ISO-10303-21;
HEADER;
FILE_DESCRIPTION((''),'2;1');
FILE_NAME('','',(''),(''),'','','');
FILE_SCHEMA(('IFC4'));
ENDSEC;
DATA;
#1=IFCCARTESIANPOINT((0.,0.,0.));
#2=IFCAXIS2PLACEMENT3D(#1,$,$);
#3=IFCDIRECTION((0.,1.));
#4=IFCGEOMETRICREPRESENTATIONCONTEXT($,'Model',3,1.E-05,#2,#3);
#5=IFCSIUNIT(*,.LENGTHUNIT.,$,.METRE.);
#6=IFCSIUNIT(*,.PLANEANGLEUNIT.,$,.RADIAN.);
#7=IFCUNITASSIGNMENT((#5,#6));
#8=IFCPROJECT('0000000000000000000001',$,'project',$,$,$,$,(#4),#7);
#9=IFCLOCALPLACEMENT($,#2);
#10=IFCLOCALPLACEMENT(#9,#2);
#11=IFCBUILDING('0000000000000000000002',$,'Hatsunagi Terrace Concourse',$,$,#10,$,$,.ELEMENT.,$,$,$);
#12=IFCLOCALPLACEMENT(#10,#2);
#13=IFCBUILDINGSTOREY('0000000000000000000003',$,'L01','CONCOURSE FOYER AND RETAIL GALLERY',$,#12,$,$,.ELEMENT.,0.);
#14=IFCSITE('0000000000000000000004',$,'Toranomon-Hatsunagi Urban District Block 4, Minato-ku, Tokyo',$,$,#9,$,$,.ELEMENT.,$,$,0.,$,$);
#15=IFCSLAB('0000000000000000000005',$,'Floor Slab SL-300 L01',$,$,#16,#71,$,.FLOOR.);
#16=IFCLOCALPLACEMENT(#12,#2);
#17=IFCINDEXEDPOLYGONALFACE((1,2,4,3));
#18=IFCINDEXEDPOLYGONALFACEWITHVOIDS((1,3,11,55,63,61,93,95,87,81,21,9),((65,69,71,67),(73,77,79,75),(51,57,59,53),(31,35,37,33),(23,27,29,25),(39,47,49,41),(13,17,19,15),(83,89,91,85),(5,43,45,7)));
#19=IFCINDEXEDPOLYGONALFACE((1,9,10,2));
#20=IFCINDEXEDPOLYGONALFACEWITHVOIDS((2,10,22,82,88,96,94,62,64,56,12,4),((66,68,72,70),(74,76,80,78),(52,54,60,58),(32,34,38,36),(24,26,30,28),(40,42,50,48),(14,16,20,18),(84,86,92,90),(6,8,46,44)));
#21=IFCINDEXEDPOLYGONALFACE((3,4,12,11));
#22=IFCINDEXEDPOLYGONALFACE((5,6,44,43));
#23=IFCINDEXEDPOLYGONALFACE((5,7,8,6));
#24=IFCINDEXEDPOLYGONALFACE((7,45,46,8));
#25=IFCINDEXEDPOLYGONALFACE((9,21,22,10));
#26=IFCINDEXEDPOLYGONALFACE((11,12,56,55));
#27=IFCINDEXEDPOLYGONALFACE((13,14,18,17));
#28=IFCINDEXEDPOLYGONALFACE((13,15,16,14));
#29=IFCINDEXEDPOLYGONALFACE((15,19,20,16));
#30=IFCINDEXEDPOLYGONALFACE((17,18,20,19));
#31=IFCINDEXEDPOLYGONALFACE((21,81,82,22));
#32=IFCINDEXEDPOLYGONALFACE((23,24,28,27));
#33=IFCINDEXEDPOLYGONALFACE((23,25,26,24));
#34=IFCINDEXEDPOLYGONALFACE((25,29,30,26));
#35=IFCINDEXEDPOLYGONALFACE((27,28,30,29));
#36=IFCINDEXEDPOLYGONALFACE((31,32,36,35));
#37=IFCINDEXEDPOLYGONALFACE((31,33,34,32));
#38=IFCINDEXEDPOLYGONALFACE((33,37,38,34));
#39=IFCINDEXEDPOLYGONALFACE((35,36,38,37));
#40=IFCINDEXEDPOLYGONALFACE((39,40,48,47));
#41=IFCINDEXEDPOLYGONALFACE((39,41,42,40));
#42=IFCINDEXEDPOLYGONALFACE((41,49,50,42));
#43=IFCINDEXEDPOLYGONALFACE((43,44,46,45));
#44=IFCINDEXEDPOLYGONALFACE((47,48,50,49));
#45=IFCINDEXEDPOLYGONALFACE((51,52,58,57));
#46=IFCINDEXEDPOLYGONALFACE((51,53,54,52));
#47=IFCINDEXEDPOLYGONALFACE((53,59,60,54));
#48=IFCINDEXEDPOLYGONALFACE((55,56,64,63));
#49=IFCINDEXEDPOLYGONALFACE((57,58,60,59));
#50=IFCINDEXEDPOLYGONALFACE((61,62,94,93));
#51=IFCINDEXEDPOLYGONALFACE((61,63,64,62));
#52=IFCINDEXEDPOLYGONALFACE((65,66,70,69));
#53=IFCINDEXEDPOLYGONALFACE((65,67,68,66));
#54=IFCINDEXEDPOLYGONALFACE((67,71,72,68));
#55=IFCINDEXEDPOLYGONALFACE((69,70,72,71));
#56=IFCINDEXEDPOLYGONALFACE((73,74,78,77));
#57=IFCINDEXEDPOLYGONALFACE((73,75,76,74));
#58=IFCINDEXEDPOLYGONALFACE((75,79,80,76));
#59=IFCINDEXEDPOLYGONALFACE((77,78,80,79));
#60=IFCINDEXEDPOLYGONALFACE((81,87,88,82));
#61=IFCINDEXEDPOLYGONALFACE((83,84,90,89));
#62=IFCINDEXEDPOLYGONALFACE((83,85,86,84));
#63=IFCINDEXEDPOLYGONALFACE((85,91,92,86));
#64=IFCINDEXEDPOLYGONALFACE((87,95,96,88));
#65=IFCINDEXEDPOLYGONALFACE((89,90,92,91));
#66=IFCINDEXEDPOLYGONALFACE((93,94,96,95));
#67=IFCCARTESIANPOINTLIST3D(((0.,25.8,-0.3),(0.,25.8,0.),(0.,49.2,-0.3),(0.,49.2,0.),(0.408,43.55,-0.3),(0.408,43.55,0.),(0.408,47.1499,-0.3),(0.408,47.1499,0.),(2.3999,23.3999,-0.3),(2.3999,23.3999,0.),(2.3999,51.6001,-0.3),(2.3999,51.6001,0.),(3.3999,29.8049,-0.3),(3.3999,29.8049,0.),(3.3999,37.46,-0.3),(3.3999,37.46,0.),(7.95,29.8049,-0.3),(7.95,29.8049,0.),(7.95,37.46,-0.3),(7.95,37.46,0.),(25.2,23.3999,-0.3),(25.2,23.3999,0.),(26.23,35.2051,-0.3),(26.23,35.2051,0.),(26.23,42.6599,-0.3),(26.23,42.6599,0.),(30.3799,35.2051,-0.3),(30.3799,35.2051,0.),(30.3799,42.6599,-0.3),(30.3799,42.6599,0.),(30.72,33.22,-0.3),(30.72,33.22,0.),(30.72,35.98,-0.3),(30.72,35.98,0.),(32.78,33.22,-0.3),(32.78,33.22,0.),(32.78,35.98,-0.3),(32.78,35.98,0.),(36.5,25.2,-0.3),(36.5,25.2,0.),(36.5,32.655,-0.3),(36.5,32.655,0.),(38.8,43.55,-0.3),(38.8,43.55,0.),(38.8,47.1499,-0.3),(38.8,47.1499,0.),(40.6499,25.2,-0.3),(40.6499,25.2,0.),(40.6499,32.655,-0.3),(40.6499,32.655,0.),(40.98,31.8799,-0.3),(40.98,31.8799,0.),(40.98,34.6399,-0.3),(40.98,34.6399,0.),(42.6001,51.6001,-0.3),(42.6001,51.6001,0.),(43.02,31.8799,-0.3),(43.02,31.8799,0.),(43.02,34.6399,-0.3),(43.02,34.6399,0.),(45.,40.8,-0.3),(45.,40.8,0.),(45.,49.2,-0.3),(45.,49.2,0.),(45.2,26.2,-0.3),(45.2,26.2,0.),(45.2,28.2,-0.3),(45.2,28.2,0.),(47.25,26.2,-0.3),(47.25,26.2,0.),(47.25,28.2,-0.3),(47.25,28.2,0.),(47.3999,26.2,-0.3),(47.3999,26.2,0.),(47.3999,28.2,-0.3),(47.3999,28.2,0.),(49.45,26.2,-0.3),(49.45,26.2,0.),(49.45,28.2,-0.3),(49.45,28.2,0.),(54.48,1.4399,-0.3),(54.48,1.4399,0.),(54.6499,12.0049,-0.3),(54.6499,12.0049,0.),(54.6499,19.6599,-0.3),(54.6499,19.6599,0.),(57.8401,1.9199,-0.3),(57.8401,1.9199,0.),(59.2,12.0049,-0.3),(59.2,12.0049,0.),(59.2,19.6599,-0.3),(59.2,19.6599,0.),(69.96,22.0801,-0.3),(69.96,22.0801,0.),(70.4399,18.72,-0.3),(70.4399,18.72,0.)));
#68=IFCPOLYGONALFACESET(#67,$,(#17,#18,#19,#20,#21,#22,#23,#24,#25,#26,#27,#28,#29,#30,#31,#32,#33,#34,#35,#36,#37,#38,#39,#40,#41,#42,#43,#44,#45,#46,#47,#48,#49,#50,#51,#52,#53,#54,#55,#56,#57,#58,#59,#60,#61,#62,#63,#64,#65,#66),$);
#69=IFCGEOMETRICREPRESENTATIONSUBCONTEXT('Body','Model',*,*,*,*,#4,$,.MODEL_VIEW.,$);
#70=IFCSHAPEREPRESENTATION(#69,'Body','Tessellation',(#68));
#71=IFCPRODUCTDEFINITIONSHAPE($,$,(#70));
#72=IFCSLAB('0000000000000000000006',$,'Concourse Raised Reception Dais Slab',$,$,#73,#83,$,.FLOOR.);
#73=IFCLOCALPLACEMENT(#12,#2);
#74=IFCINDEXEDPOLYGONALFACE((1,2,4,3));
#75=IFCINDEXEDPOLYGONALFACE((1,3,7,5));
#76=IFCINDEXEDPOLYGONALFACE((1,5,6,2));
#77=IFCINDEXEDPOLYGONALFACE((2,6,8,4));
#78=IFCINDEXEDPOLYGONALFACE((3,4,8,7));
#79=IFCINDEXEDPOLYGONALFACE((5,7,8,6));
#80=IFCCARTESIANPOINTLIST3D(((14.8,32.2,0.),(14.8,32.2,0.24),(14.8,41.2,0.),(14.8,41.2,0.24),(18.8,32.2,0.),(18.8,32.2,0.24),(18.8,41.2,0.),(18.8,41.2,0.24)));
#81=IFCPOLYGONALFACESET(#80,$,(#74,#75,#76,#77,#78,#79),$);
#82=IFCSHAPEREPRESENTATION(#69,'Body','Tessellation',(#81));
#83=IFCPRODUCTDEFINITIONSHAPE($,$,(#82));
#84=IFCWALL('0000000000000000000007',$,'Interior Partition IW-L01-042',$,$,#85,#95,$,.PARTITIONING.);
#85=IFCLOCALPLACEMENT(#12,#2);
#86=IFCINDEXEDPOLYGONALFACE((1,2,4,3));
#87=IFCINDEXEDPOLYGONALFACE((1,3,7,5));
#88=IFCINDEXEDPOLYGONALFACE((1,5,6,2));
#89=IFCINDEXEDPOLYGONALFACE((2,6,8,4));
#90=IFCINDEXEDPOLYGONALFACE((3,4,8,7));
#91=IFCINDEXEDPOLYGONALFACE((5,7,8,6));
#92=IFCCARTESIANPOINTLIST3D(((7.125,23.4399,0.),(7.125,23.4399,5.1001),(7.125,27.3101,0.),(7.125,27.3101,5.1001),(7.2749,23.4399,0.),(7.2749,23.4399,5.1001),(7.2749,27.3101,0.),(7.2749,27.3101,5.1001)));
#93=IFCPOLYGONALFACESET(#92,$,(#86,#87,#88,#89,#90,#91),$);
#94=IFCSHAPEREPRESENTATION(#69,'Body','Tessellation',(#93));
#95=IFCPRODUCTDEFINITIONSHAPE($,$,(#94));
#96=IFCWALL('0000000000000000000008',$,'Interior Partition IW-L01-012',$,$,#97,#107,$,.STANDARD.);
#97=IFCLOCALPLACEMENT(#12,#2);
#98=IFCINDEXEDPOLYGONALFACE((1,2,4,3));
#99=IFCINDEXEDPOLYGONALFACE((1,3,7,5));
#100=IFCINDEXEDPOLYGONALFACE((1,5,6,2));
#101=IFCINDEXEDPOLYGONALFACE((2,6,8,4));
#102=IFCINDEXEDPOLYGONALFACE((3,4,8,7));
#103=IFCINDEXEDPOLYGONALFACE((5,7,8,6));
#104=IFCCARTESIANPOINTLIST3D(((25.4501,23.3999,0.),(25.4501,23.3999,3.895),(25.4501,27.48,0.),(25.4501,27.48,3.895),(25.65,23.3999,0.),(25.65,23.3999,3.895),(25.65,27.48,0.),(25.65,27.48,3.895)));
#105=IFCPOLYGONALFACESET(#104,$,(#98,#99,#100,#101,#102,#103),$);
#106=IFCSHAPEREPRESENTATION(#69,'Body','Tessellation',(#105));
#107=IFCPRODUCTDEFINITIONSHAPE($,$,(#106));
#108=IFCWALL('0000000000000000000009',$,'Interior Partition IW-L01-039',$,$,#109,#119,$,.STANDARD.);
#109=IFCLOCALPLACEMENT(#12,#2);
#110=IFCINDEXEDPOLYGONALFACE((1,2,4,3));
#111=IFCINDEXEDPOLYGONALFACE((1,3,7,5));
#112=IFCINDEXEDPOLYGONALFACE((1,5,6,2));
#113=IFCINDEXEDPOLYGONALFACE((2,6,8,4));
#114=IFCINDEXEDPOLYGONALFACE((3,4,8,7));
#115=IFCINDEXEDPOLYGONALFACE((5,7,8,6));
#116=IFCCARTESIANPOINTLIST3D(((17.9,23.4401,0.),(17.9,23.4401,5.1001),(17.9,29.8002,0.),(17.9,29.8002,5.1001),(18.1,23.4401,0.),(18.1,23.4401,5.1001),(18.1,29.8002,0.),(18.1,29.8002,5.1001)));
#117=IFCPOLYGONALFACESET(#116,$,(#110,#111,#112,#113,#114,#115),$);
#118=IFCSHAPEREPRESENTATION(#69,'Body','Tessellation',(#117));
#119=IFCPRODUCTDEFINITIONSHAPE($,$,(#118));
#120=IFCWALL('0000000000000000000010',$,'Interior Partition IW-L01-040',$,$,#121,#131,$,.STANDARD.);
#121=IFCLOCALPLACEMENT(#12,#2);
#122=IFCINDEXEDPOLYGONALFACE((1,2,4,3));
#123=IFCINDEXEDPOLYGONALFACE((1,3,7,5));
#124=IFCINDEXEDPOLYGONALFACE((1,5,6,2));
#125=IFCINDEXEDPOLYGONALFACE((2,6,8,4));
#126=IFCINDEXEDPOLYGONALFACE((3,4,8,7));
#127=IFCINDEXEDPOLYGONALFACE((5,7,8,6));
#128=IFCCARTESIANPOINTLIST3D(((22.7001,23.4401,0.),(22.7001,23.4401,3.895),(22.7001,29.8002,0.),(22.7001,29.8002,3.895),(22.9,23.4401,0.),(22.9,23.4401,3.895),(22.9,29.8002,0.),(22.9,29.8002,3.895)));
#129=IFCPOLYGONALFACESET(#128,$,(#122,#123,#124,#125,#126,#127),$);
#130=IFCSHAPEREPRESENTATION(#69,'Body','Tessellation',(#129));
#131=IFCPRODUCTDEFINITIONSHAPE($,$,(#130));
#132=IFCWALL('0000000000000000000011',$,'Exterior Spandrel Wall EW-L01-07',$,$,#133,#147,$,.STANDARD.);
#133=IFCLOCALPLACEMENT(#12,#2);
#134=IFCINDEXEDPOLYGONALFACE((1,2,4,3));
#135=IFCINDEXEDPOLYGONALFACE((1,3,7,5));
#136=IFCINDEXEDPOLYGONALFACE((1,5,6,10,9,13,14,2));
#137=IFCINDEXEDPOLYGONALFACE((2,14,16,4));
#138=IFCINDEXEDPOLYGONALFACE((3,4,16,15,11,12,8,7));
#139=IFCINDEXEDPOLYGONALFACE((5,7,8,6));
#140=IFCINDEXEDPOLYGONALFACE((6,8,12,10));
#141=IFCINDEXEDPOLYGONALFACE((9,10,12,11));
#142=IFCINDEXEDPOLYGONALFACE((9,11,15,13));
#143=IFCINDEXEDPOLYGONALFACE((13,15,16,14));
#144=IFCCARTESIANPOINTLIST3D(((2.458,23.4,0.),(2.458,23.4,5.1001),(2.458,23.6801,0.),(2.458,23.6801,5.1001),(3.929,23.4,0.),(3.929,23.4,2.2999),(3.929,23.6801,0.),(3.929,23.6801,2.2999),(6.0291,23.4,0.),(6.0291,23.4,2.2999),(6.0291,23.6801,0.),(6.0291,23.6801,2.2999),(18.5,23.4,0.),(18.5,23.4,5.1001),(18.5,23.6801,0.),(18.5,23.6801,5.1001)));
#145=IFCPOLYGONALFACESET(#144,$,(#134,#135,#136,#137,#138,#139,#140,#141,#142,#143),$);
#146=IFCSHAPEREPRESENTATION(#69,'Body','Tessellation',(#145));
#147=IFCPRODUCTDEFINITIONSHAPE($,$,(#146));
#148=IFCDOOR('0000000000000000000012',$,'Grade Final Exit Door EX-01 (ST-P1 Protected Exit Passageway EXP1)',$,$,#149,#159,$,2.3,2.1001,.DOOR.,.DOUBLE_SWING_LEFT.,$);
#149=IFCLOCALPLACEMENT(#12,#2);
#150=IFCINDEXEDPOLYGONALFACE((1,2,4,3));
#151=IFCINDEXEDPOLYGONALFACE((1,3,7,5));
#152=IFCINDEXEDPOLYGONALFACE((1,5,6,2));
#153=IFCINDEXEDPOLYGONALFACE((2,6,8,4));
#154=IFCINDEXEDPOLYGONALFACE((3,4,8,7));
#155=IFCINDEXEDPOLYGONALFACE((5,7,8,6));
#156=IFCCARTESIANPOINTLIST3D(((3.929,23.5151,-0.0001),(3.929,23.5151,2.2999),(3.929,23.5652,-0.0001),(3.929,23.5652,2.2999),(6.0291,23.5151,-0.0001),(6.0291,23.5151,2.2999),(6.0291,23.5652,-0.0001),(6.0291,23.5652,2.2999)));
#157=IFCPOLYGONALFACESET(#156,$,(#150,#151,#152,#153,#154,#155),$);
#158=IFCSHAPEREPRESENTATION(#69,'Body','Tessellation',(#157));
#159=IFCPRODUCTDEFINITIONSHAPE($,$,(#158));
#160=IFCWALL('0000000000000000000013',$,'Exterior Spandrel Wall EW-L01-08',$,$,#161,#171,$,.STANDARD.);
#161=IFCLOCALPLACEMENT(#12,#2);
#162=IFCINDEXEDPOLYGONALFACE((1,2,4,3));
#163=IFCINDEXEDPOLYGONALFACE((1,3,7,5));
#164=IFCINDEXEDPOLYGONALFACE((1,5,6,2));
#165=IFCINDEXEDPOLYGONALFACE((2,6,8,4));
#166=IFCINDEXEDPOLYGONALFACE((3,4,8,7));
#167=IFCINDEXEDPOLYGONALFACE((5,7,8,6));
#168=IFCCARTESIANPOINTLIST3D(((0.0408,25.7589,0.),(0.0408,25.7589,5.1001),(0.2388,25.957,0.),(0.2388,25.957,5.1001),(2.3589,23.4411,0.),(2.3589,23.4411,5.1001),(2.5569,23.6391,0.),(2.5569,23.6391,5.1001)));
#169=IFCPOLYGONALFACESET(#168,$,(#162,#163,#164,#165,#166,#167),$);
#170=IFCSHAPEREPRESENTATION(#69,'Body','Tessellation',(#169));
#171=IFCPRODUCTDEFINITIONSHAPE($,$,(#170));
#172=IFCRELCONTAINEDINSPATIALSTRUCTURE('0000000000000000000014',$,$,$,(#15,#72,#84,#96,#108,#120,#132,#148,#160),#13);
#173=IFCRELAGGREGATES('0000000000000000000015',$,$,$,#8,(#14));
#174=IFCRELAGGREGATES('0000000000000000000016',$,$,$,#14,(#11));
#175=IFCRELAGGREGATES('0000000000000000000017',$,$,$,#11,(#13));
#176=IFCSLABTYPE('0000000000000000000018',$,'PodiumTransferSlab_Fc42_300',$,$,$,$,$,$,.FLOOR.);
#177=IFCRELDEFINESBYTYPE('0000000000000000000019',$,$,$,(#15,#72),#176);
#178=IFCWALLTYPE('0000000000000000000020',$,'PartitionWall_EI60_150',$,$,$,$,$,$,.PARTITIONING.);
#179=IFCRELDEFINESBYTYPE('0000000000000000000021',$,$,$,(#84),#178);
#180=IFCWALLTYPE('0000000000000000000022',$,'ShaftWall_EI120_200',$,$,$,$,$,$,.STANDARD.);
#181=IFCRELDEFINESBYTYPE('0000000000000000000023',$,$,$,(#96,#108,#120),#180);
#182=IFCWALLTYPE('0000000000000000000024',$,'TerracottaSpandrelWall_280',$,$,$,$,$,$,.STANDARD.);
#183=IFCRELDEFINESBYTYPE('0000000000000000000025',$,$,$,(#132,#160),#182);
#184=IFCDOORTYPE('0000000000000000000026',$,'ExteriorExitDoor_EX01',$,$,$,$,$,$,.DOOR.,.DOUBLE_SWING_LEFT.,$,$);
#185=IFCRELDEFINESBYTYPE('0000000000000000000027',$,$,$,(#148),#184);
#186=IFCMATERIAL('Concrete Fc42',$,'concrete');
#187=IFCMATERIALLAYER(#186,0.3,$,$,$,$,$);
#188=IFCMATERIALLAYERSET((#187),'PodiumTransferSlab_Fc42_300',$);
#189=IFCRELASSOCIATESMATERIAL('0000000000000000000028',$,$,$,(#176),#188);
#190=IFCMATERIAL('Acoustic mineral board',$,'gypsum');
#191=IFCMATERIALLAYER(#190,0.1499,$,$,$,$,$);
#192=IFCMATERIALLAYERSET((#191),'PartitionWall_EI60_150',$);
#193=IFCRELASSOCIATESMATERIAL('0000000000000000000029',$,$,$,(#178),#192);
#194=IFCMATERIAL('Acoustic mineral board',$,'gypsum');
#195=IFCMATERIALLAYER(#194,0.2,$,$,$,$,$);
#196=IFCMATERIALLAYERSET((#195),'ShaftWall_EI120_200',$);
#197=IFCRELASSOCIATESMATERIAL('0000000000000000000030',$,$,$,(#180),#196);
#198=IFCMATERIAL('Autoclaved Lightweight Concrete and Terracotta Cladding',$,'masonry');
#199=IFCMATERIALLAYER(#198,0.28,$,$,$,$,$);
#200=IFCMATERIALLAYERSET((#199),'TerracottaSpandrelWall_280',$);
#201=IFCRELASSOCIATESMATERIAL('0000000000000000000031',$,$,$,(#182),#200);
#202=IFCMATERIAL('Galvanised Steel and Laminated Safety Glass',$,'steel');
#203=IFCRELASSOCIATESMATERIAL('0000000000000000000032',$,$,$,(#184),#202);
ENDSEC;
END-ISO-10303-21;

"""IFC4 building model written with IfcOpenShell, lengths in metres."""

from ifc_helpers import new_model, si_unit, direction, frame, frame_2d, origin, place, context, subcontext, project, spatial, polyline, rectangle, outline, extrude, material, layer, layer_set, type_object, element, fill, save


model = new_model("IFC4")

# Units and contexts
model_context = context("Model", 3, precision=1e-05, world=origin(), true_north=direction((0.0, 1.0)))
body_context = subcontext(model_context, "Body", "Model", "MODEL_VIEW")
ifc_project = project(units=[si_unit("LENGTHUNIT", "METRE"), si_unit("PLANEANGLEUNIT", "RADIAN")], contexts=[model_context])

# Site, building, storey
site_placement = place(None, origin())
site = spatial("IfcSite", under=ifc_project, at=site_placement, Name="Toranomon-Hatsunagi Urban District Block 4, Minato-ku, Tokyo", CompositionType="ELEMENT", RefElevation=0.0)
building_placement = place(site_placement, origin())
building = spatial("IfcBuilding", under=site, at=building_placement, Name="Hatsunagi Terrace Concourse", CompositionType="ELEMENT")
storey_placement = place(building_placement, origin())
storey = spatial("IfcBuildingStorey", under=building, at=storey_placement, Name="L01", Description="CONCOURSE FOYER AND RETAIL GALLERY", CompositionType="ELEMENT", Elevation=0.0)

# Slabs
ifc_material_1 = material(Name="Concrete Fc42", Category="concrete")
ifc_layer_1 = layer(ifc_material_1, 0.3)
ifc_layer_set_1 = layer_set([ifc_layer_1], Name="PodiumTransferSlab_Fc42_300")
slab_type_1 = type_object("IfcSlabType", Name="PodiumTransferSlab_Fc42_300", PredefinedType="FLOOR", material=ifc_layer_set_1)
slab_1_placement = place(storey_placement, frame((0.0, 0.0, -0.3)))
element("IfcSlab", 1, at=slab_1_placement, inside=storey, type_object=slab_type_1, Name="Floor Slab SL-300 L01", PredefinedType="FLOOR", context=body_context, shape_type="SweptSolid", body=[
    extrude(outline(polyline([(45.0, 40.8), (45.0, 49.2), (42.6001, 51.6001), (2.3999, 51.6001), (0.0, 49.2), (0.0, 25.8), (2.3999, 23.3999), (25.2, 23.3999), (54.48, 1.4399), (57.8401, 1.9199), (70.4399, 18.72), (69.96, 22.0801), (45.0, 40.8)]), holes=[polyline([(26.23, 35.2051), (30.3799, 35.2051), (30.3799, 42.6599), (26.23, 42.6599), (26.23, 35.2051)]), polyline([(36.5, 25.2), (40.6499, 25.2), (40.6499, 32.655), (36.5, 32.655), (36.5, 25.2)]), polyline([(3.3999, 29.8049), (7.95, 29.8049), (7.95, 37.46), (3.3999, 37.46), (3.3999, 29.8049)]), polyline([(54.6499, 12.0049), (59.2, 12.0049), (59.2, 19.6599), (54.6499, 19.6599), (54.6499, 12.0049)]), polyline([(30.72, 33.22), (32.78, 33.22), (32.78, 35.98), (30.72, 35.98), (30.72, 33.22)]), polyline([(40.98, 31.8799), (43.02, 31.8799), (43.02, 34.6399), (40.98, 34.6399), (40.98, 31.8799)]), polyline([(45.2, 26.2), (47.25, 26.2), (47.25, 28.2), (45.2, 28.2), (45.2, 26.2)]), polyline([(47.3999, 26.2), (49.45, 26.2), (49.45, 28.2), (47.3999, 28.2), (47.3999, 26.2)]), polyline([(0.408, 43.55), (38.8, 43.55), (38.8, 47.1499), (0.408, 47.1499), (0.408, 43.55)])]), origin(), (0.0, 0.0, 1.0), 0.3),
])
slab_2_placement = place(storey_placement, origin())
element("IfcSlab", 2, at=slab_2_placement, inside=storey, type_object=slab_type_1, Name="Concourse Raised Reception Dais Slab", PredefinedType="FLOOR", context=body_context, shape_type="SweptSolid", body=[
    extrude(outline(polyline([(14.8, 32.2), (18.8, 32.2), (18.8, 41.2), (14.8, 41.2), (14.8, 32.2)])), origin(), (0.0, 0.0, 1.0), 0.24),
])

# Walls
ifc_material_2 = material(Name="Acoustic mineral board", Category="gypsum")
ifc_layer_2 = layer(ifc_material_2, 0.1499)
ifc_layer_set_2 = layer_set([ifc_layer_2], Name="PartitionWall_EI60_150")
wall_type_1 = type_object("IfcWallType", Name="PartitionWall_EI60_150", PredefinedType="PARTITIONING", material=ifc_layer_set_2)
wall_1_placement = place(storey_placement, frame((7.2, 23.4399, 0.0), z_axis=(0.0, 0.0, 1.0), x_axis=(0.0, 1.0, 0.0)))
element("IfcWall", 3, at=wall_1_placement, inside=storey, type_object=wall_type_1, Name="Interior Partition IW-L01-042", PredefinedType="PARTITIONING", context=body_context, shape_type="SweptSolid", body=[
    extrude(rectangle(XDim=3.8701, YDim=0.1499, at=frame_2d((1.9351, 0.0))), origin(), (0.0, 0.0, 1.0), 5.1001),
])
ifc_material_3 = material(Name="Acoustic mineral board", Category="gypsum")
ifc_layer_3 = layer(ifc_material_3, 0.2)
ifc_layer_set_3 = layer_set([ifc_layer_3], Name="ShaftWall_EI120_200")
wall_type_2 = type_object("IfcWallType", Name="ShaftWall_EI120_200", PredefinedType="STANDARD", material=ifc_layer_set_3)
wall_2_placement = place(storey_placement, frame((25.55, 23.3999, 0.0), z_axis=(0.0, 0.0, 1.0), x_axis=(0.0, 1.0, 0.0)))
element("IfcWall", 4, at=wall_2_placement, inside=storey, type_object=wall_type_2, Name="Interior Partition IW-L01-012", PredefinedType="STANDARD", context=body_context, shape_type="SweptSolid", body=[
    extrude(rectangle(XDim=4.0801, YDim=0.2, at=frame_2d((2.04, 0.0))), origin(), (0.0, 0.0, 1.0), 3.895),
])
wall_3_placement = place(storey_placement, frame((18.0, 23.4399, 0.0), z_axis=(0.0, 0.0, 1.0), x_axis=(0.0, 1.0, 0.0)))
element("IfcWall", 5, at=wall_3_placement, inside=storey, type_object=wall_type_2, Name="Interior Partition IW-L01-039", PredefinedType="STANDARD", context=body_context, shape_type="SweptSolid", body=[
    extrude(rectangle(XDim=6.3601, YDim=0.2, at=frame_2d((3.1802, 0.0))), origin(), (0.0, 0.0, 1.0), 5.1001),
])
wall_4_placement = place(storey_placement, frame((22.8, 23.4399, 0.0), z_axis=(0.0, 0.0, 1.0), x_axis=(0.0, 1.0, 0.0)))
element("IfcWall", 6, at=wall_4_placement, inside=storey, type_object=wall_type_2, Name="Interior Partition IW-L01-040", PredefinedType="STANDARD", context=body_context, shape_type="SweptSolid", body=[
    extrude(rectangle(XDim=6.3601, YDim=0.2, at=frame_2d((3.1802, 0.0))), origin(), (0.0, 0.0, 1.0), 3.895),
])

# Wall, opening, door
ifc_material_4 = material(Name="Autoclaved Lightweight Concrete and Terracotta Cladding", Category="masonry")
ifc_layer_4 = layer(ifc_material_4, 0.28)
ifc_layer_set_4 = layer_set([ifc_layer_4], Name="TerracottaSpandrelWall_280")
wall_type_3 = type_object("IfcWallType", Name="TerracottaSpandrelWall_280", PredefinedType="STANDARD", material=ifc_layer_set_4)
wall_5_placement = place(storey_placement, frame((18.5, 23.54, 0.0), z_axis=(0.0, 0.0, 1.0), x_axis=(-1.0, 0.0, 0.0)))
wall_5 = element("IfcWall", 7, at=wall_5_placement, inside=storey, type_object=wall_type_3, Name="Exterior Spandrel Wall EW-L01-07", PredefinedType="STANDARD", context=body_context, shape_type="SweptSolid", body=[
    extrude(rectangle(XDim=16.042, YDim=0.28, at=frame_2d((8.021, 0.0))), origin(), (0.0, 0.0, 1.0), 5.1001),
])
opening_placement = place(wall_5_placement, frame((12.4709, 0.0, 0.0)))
opening = element("IfcOpeningElement", 8, at=opening_placement, cuts=wall_5, PredefinedType="OPENING", context=body_context, shape_type="SweptSolid", body=[
    extrude(rectangle(XDim=2.1001, YDim=2.3, at=frame_2d((1.05, 1.1499))), frame((0.0, 0.1499, 0.0), z_axis=(0.0, -1.0, 0.0), x_axis=(1.0, 0.0, 0.0)), (0.0, 0.0, 1.0), 0.3),
])
ifc_material_5 = material(Name="Galvanised Steel and Laminated Safety Glass", Category="steel")
door_type = type_object("IfcDoorType", Name="ExteriorExitDoor_EX01", OperationType="DOUBLE_SWING_LEFT", PredefinedType="DOOR", material=ifc_material_5)
door_placement = place(opening_placement, origin())
door = element("IfcDoor", 9, at=door_placement, inside=storey, type_object=door_type, Name="Grade Final Exit Door EX-01 (ST-P1 Protected Exit Passageway EXP1)", OperationType="DOUBLE_SWING_LEFT", OverallHeight=2.3, OverallWidth=2.1001, PredefinedType="DOOR", context=body_context, shape_type="SweptSolid", body=[
    extrude(rectangle(XDim=2.1001, YDim=2.3, at=frame_2d((1.05, 1.1499))), frame((0.0, 0.0249, 0.0), z_axis=(0.0, -1.0, 0.0), x_axis=(1.0, 0.0, 0.0)), (0.0, 0.0, 1.0), 0.05),
])
fill(opening, door)

# Wall
wall_6_placement = place(storey_placement, frame((2.458, 23.54, 0.0), z_axis=(0.0, 0.0, 1.0), x_axis=(-0.707144, 0.70707, 0.0)))
element("IfcWall", 10, at=wall_6_placement, inside=storey, type_object=wall_type_3, Name="Exterior Spandrel Wall EW-L01-08", PredefinedType="STANDARD", context=body_context, shape_type="SweptSolid", body=[
    extrude(rectangle(XDim=3.2781, YDim=0.28, at=frame_2d((1.6392, 0.0))), origin(), (0.0, 0.0, 1.0), 5.1001),
])

save(model, "model.ifc")
